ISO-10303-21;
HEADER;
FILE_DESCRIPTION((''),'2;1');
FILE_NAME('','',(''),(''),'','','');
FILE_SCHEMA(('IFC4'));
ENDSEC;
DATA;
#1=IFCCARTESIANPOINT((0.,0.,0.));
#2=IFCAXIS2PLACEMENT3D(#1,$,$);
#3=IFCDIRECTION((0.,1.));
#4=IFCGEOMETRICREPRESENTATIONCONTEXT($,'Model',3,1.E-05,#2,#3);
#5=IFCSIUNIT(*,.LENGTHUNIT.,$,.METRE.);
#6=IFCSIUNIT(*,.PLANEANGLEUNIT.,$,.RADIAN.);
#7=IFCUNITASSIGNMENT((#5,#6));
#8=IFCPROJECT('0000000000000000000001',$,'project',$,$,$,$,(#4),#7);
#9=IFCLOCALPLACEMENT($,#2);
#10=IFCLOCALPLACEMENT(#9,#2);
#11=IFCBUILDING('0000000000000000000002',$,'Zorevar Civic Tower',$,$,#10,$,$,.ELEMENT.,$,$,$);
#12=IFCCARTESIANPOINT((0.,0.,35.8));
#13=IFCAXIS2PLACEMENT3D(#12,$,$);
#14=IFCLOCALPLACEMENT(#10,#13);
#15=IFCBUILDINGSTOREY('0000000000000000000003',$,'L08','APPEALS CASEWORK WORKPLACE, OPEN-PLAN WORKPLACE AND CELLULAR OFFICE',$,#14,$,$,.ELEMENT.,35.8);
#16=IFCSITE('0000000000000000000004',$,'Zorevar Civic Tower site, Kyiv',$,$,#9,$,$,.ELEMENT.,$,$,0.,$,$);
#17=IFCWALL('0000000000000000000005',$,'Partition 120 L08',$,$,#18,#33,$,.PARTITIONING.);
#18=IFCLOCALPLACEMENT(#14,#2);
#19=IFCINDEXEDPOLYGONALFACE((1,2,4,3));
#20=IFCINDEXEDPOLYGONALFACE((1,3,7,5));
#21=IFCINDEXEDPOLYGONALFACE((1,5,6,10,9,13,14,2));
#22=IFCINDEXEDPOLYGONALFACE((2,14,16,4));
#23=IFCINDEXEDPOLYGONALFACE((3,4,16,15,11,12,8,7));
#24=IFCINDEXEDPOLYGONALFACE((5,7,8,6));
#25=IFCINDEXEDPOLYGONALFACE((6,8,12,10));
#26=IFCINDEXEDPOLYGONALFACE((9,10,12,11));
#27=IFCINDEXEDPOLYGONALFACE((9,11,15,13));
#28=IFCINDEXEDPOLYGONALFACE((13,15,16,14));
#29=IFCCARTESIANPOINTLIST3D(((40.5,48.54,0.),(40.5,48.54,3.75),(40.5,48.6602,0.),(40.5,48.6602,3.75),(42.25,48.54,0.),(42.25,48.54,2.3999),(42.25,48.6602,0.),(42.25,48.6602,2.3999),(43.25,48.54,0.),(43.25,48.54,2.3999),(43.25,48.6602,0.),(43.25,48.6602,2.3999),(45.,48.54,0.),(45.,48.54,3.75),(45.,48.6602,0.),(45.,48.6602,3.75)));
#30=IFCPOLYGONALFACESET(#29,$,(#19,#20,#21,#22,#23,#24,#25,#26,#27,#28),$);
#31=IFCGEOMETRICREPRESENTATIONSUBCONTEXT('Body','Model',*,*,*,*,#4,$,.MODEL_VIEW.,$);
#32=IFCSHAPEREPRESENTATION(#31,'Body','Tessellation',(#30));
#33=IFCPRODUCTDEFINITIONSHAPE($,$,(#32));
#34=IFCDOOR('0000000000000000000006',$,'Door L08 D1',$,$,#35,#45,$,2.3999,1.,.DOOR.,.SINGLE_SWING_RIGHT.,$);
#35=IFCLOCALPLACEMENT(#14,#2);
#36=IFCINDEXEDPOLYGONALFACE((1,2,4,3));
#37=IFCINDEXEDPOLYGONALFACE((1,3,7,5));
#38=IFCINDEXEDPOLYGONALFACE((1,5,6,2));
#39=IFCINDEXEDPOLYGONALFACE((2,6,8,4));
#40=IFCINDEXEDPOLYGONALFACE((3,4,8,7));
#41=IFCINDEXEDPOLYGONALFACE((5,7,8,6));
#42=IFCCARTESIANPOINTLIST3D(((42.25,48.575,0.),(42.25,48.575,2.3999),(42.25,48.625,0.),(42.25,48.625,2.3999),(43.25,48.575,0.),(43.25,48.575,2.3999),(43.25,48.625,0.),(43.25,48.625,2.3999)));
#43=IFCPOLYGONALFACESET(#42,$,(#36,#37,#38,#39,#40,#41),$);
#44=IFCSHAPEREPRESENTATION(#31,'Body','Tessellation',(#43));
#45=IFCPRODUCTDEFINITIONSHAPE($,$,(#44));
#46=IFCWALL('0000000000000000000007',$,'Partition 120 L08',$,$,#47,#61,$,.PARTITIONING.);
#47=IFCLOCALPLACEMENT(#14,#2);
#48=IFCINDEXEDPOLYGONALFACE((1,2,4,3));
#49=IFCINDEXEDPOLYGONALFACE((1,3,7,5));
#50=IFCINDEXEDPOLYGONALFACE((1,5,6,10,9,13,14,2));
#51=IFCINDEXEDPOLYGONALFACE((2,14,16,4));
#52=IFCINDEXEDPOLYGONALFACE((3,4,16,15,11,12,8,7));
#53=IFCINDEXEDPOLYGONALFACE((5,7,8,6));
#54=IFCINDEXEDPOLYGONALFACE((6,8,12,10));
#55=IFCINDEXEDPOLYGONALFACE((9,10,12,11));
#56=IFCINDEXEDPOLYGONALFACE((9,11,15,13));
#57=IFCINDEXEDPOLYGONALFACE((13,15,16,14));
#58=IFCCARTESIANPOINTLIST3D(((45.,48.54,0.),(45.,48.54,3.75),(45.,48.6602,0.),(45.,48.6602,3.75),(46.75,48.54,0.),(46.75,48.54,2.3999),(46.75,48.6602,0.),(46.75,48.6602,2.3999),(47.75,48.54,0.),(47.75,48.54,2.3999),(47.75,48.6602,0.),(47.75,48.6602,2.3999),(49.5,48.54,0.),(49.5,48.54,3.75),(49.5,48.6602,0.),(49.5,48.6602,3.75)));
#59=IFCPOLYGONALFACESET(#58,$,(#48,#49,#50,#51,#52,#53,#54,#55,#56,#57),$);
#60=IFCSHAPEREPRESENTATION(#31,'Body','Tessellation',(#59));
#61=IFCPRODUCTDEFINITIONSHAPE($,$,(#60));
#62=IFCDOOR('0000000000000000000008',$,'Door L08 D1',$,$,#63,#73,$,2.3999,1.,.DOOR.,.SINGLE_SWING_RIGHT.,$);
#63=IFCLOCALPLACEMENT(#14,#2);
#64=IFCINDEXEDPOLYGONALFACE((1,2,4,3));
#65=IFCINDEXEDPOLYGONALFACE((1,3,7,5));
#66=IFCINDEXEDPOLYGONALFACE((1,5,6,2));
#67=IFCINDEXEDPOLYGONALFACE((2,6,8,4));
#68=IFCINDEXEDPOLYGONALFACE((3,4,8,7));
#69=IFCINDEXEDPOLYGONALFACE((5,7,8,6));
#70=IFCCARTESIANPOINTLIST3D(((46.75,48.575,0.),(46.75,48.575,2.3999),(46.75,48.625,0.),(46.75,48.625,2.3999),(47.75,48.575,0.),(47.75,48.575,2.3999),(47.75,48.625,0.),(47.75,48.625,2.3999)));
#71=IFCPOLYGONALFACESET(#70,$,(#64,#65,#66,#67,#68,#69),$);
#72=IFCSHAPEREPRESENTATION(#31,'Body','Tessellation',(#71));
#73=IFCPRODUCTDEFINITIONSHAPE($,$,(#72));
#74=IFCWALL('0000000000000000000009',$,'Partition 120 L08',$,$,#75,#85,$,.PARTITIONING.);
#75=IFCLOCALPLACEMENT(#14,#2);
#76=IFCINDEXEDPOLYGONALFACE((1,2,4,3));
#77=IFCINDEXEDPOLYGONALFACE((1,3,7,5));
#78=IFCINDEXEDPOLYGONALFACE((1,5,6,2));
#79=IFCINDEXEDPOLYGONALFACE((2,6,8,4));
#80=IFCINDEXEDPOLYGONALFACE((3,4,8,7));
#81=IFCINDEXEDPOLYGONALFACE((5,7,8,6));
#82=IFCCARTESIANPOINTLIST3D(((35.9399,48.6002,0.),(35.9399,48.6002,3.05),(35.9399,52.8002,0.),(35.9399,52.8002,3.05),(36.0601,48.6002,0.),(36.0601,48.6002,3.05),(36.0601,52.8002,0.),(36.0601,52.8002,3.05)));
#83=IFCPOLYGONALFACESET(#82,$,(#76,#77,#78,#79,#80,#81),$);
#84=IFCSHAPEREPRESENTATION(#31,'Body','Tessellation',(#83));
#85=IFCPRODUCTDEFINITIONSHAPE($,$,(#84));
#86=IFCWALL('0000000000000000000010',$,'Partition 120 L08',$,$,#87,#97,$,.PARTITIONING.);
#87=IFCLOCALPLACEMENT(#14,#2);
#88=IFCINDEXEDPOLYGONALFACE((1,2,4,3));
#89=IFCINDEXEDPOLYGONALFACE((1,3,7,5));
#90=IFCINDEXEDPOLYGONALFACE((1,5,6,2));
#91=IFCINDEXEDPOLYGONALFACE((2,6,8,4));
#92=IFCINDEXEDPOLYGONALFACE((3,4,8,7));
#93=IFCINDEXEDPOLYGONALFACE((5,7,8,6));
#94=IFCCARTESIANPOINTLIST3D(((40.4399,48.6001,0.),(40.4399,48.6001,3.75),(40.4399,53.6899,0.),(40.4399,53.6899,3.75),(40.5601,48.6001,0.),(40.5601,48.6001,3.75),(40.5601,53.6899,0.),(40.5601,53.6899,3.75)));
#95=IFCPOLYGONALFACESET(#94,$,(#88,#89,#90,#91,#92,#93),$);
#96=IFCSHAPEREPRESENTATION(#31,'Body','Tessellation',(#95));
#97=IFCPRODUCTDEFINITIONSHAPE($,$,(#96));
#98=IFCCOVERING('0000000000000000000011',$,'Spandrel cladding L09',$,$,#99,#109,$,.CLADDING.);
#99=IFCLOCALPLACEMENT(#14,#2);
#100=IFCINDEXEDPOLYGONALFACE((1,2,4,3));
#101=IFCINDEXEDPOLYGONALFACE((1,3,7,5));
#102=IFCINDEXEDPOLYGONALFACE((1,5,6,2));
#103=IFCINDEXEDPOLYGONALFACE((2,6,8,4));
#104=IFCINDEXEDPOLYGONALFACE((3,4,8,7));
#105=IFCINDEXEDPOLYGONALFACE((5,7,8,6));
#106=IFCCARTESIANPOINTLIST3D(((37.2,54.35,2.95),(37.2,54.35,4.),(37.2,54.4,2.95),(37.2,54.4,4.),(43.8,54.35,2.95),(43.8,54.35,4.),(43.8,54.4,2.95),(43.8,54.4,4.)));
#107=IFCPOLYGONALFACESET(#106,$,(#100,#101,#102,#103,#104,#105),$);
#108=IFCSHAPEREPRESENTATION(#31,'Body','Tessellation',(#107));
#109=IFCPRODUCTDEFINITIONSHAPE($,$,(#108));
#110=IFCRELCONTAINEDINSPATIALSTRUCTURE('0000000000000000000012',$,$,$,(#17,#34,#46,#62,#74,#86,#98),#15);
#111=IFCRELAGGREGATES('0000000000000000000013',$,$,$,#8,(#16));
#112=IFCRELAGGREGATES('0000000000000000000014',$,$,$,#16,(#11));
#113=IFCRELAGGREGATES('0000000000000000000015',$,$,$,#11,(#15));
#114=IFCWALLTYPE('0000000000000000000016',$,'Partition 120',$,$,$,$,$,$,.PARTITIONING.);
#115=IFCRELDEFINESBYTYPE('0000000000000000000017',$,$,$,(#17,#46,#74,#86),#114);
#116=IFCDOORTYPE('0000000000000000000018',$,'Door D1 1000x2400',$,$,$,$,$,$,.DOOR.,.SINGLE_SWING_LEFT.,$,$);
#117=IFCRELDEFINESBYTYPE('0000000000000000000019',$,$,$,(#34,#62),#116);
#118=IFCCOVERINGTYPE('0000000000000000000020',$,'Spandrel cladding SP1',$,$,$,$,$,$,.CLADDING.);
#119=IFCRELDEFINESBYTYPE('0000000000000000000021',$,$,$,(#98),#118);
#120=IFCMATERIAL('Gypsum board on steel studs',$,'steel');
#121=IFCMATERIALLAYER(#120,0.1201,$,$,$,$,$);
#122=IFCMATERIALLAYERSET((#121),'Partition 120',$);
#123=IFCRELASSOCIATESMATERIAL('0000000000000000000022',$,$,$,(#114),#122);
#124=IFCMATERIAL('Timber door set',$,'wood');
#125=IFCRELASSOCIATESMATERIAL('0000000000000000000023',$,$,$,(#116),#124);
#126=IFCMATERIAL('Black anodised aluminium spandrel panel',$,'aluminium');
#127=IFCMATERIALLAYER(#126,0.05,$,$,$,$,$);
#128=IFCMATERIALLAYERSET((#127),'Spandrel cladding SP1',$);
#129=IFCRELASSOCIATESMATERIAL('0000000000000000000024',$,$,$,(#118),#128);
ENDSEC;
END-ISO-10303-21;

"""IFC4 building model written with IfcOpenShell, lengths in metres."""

from ifc_helpers import new_model, si_unit, direction, frame, frame_2d, origin, place, context, subcontext, project, spatial, rectangle, extrude, material, layer, layer_set, type_object, element, fill, save


model = new_model("IFC4")

# Units and contexts
model_context = context("Model", 3, precision=1e-05, world=origin(), true_north=direction((0.0, 1.0)))
body_context = subcontext(model_context, "Body", "Model", "MODEL_VIEW")
ifc_project = project(units=[si_unit("LENGTHUNIT", "METRE"), si_unit("PLANEANGLEUNIT", "RADIAN")], contexts=[model_context])

# Site, building, storey
site_placement = place(None, origin())
site = spatial("IfcSite", under=ifc_project, at=site_placement, Name="Zorevar Civic Tower site, Kyiv", CompositionType="ELEMENT", RefElevation=0.0)
building_placement = place(site_placement, origin())
building = spatial("IfcBuilding", under=site, at=building_placement, Name="Zorevar Civic Tower", CompositionType="ELEMENT")
storey_placement = place(building_placement, frame((0.0, 0.0, 35.8)))
storey = spatial("IfcBuildingStorey", under=building, at=storey_placement, Name="L08", Description="APPEALS CASEWORK WORKPLACE, OPEN-PLAN WORKPLACE AND CELLULAR OFFICE", CompositionType="ELEMENT", Elevation=35.8)

# Walls, openings, doors
ifc_material_1 = material(Name="Gypsum board on steel studs", Category="steel")
ifc_layer_1 = layer(ifc_material_1, 0.1201)
ifc_layer_set_1 = layer_set([ifc_layer_1], Name="Partition 120")
wall_type = type_object("IfcWallType", Name="Partition 120", PredefinedType="PARTITIONING", material=ifc_layer_set_1)
wall_1_placement = place(storey_placement, frame((40.5, 48.6001, 0.0), z_axis=(0.0, 0.0, 1.0), x_axis=(1.0, 0.0, 0.0)))
wall_1 = element("IfcWall", 1, at=wall_1_placement, inside=storey, type_object=wall_type, Name="Partition 120 L08", PredefinedType="PARTITIONING", context=body_context, shape_type="SweptSolid", body=[
    extrude(rectangle(XDim=4.5, YDim=0.1201, at=frame_2d((2.25, 0.0))), origin(), (0.0, 0.0, 1.0), 3.75),
])
opening_1_placement = place(wall_1_placement, frame((1.75, 0.0, 0.0)))
opening_1 = element("IfcOpeningElement", 2, at=opening_1_placement, cuts=wall_1, PredefinedType="OPENING", context=body_context, shape_type="SweptSolid", body=[
    extrude(rectangle(XDim=1.0, YDim=2.3999, at=frame_2d((0.5, 1.2))), frame((0.0, 0.0701, 0.0), z_axis=(0.0, -1.0, 0.0), x_axis=(1.0, 0.0, 0.0)), (0.0, 0.0, 1.0), 0.1401),
])
ifc_material_2 = material(Name="Timber door set", Category="wood")
door_type = type_object("IfcDoorType", Name="Door D1 1000x2400", OperationType="SINGLE_SWING_LEFT", PredefinedType="DOOR", material=ifc_material_2)
door_1_placement = place(opening_1_placement, origin())
door_1 = element("IfcDoor", 3, at=door_1_placement, inside=storey, type_object=door_type, Name="Door L08 D1", OperationType="SINGLE_SWING_RIGHT", OverallHeight=2.3999, OverallWidth=1.0, PredefinedType="DOOR", context=body_context, shape_type="SweptSolid", body=[
    extrude(rectangle(XDim=1.0, YDim=2.3999, at=frame_2d((0.5, 1.2))), frame((0.0, 0.0249, 0.0), z_axis=(0.0, -1.0, 0.0), x_axis=(1.0, 0.0, 0.0)), (0.0, 0.0, 1.0), 0.05),
])
fill(opening_1, door_1)
wall_2_placement = place(storey_placement, frame((45.0, 48.6001, 0.0), z_axis=(0.0, 0.0, 1.0), x_axis=(1.0, 0.0, 0.0)))
wall_2 = element("IfcWall", 4, at=wall_2_placement, inside=storey, type_object=wall_type, Name="Partition 120 L08", PredefinedType="PARTITIONING", context=body_context, shape_type="SweptSolid", body=[
    extrude(rectangle(XDim=4.5, YDim=0.1201, at=frame_2d((2.25, 0.0))), origin(), (0.0, 0.0, 1.0), 3.75),
])
opening_2_placement = place(wall_2_placement, frame((1.75, 0.0, 0.0)))
opening_2 = element("IfcOpeningElement", 5, at=opening_2_placement, cuts=wall_2, PredefinedType="OPENING", context=body_context, shape_type="SweptSolid", body=[
    extrude(rectangle(XDim=1.0, YDim=2.3999, at=frame_2d((0.5, 1.2))), frame((0.0, 0.0701, 0.0), z_axis=(0.0, -1.0, 0.0), x_axis=(1.0, 0.0, 0.0)), (0.0, 0.0, 1.0), 0.1401),
])
door_2_placement = place(opening_2_placement, origin())
door_2 = element("IfcDoor", 6, at=door_2_placement, inside=storey, type_object=door_type, Name="Door L08 D1", OperationType="SINGLE_SWING_RIGHT", OverallHeight=2.3999, OverallWidth=1.0, PredefinedType="DOOR", context=body_context, shape_type="SweptSolid", body=[
    extrude(rectangle(XDim=1.0, YDim=2.3999, at=frame_2d((0.5, 1.2))), frame((0.0, 0.0249, 0.0), z_axis=(0.0, -1.0, 0.0), x_axis=(1.0, 0.0, 0.0)), (0.0, 0.0, 1.0), 0.05),
])
fill(opening_2, door_2)

# Walls
wall_3_placement = place(storey_placement, frame((36.0, 48.6001, 0.0), z_axis=(0.0, 0.0, 1.0), x_axis=(0.0, 1.0, 0.0)))
element("IfcWall", 7, at=wall_3_placement, inside=storey, type_object=wall_type, Name="Partition 120 L08", PredefinedType="PARTITIONING", context=body_context, shape_type="SweptSolid", body=[
    extrude(rectangle(XDim=4.2, YDim=0.1201, at=frame_2d((2.1001, 0.0))), origin(), (0.0, 0.0, 1.0), 3.05),
])
wall_4_placement = place(storey_placement, frame((40.5, 48.6001, 0.0), z_axis=(0.0, 0.0, 1.0), x_axis=(0.0, 1.0, 0.0)))
element("IfcWall", 8, at=wall_4_placement, inside=storey, type_object=wall_type, Name="Partition 120 L08", PredefinedType="PARTITIONING", context=body_context, shape_type="SweptSolid", body=[
    extrude(rectangle(XDim=5.0898, YDim=0.1201, at=frame_2d((2.5449, 0.0))), origin(), (0.0, 0.0, 1.0), 3.75),
])

# Covering
ifc_material_3 = material(Name="Black anodised aluminium spandrel panel", Category="aluminium")
ifc_layer_2 = layer(ifc_material_3, 0.05)
ifc_layer_set_2 = layer_set([ifc_layer_2], Name="Spandrel cladding SP1")
covering_type = type_object("IfcCoveringType", Name="Spandrel cladding SP1", PredefinedType="CLADDING", material=ifc_layer_set_2)
covering_placement = place(storey_placement, frame((37.2, 54.375, 2.95), z_axis=(0.0, 0.0, 1.0), x_axis=(1.0, 0.0, 0.0)))
element("IfcCovering", 9, at=covering_placement, inside=storey, type_object=covering_type, Name="Spandrel cladding L09", PredefinedType="CLADDING", context=body_context, shape_type="SweptSolid", body=[
    extrude(rectangle(XDim=6.6001, YDim=0.05, at=frame_2d((3.3, 0.0))), origin(), (0.0, 0.0, 1.0), 1.05),
])

save(model, "model.ifc")
